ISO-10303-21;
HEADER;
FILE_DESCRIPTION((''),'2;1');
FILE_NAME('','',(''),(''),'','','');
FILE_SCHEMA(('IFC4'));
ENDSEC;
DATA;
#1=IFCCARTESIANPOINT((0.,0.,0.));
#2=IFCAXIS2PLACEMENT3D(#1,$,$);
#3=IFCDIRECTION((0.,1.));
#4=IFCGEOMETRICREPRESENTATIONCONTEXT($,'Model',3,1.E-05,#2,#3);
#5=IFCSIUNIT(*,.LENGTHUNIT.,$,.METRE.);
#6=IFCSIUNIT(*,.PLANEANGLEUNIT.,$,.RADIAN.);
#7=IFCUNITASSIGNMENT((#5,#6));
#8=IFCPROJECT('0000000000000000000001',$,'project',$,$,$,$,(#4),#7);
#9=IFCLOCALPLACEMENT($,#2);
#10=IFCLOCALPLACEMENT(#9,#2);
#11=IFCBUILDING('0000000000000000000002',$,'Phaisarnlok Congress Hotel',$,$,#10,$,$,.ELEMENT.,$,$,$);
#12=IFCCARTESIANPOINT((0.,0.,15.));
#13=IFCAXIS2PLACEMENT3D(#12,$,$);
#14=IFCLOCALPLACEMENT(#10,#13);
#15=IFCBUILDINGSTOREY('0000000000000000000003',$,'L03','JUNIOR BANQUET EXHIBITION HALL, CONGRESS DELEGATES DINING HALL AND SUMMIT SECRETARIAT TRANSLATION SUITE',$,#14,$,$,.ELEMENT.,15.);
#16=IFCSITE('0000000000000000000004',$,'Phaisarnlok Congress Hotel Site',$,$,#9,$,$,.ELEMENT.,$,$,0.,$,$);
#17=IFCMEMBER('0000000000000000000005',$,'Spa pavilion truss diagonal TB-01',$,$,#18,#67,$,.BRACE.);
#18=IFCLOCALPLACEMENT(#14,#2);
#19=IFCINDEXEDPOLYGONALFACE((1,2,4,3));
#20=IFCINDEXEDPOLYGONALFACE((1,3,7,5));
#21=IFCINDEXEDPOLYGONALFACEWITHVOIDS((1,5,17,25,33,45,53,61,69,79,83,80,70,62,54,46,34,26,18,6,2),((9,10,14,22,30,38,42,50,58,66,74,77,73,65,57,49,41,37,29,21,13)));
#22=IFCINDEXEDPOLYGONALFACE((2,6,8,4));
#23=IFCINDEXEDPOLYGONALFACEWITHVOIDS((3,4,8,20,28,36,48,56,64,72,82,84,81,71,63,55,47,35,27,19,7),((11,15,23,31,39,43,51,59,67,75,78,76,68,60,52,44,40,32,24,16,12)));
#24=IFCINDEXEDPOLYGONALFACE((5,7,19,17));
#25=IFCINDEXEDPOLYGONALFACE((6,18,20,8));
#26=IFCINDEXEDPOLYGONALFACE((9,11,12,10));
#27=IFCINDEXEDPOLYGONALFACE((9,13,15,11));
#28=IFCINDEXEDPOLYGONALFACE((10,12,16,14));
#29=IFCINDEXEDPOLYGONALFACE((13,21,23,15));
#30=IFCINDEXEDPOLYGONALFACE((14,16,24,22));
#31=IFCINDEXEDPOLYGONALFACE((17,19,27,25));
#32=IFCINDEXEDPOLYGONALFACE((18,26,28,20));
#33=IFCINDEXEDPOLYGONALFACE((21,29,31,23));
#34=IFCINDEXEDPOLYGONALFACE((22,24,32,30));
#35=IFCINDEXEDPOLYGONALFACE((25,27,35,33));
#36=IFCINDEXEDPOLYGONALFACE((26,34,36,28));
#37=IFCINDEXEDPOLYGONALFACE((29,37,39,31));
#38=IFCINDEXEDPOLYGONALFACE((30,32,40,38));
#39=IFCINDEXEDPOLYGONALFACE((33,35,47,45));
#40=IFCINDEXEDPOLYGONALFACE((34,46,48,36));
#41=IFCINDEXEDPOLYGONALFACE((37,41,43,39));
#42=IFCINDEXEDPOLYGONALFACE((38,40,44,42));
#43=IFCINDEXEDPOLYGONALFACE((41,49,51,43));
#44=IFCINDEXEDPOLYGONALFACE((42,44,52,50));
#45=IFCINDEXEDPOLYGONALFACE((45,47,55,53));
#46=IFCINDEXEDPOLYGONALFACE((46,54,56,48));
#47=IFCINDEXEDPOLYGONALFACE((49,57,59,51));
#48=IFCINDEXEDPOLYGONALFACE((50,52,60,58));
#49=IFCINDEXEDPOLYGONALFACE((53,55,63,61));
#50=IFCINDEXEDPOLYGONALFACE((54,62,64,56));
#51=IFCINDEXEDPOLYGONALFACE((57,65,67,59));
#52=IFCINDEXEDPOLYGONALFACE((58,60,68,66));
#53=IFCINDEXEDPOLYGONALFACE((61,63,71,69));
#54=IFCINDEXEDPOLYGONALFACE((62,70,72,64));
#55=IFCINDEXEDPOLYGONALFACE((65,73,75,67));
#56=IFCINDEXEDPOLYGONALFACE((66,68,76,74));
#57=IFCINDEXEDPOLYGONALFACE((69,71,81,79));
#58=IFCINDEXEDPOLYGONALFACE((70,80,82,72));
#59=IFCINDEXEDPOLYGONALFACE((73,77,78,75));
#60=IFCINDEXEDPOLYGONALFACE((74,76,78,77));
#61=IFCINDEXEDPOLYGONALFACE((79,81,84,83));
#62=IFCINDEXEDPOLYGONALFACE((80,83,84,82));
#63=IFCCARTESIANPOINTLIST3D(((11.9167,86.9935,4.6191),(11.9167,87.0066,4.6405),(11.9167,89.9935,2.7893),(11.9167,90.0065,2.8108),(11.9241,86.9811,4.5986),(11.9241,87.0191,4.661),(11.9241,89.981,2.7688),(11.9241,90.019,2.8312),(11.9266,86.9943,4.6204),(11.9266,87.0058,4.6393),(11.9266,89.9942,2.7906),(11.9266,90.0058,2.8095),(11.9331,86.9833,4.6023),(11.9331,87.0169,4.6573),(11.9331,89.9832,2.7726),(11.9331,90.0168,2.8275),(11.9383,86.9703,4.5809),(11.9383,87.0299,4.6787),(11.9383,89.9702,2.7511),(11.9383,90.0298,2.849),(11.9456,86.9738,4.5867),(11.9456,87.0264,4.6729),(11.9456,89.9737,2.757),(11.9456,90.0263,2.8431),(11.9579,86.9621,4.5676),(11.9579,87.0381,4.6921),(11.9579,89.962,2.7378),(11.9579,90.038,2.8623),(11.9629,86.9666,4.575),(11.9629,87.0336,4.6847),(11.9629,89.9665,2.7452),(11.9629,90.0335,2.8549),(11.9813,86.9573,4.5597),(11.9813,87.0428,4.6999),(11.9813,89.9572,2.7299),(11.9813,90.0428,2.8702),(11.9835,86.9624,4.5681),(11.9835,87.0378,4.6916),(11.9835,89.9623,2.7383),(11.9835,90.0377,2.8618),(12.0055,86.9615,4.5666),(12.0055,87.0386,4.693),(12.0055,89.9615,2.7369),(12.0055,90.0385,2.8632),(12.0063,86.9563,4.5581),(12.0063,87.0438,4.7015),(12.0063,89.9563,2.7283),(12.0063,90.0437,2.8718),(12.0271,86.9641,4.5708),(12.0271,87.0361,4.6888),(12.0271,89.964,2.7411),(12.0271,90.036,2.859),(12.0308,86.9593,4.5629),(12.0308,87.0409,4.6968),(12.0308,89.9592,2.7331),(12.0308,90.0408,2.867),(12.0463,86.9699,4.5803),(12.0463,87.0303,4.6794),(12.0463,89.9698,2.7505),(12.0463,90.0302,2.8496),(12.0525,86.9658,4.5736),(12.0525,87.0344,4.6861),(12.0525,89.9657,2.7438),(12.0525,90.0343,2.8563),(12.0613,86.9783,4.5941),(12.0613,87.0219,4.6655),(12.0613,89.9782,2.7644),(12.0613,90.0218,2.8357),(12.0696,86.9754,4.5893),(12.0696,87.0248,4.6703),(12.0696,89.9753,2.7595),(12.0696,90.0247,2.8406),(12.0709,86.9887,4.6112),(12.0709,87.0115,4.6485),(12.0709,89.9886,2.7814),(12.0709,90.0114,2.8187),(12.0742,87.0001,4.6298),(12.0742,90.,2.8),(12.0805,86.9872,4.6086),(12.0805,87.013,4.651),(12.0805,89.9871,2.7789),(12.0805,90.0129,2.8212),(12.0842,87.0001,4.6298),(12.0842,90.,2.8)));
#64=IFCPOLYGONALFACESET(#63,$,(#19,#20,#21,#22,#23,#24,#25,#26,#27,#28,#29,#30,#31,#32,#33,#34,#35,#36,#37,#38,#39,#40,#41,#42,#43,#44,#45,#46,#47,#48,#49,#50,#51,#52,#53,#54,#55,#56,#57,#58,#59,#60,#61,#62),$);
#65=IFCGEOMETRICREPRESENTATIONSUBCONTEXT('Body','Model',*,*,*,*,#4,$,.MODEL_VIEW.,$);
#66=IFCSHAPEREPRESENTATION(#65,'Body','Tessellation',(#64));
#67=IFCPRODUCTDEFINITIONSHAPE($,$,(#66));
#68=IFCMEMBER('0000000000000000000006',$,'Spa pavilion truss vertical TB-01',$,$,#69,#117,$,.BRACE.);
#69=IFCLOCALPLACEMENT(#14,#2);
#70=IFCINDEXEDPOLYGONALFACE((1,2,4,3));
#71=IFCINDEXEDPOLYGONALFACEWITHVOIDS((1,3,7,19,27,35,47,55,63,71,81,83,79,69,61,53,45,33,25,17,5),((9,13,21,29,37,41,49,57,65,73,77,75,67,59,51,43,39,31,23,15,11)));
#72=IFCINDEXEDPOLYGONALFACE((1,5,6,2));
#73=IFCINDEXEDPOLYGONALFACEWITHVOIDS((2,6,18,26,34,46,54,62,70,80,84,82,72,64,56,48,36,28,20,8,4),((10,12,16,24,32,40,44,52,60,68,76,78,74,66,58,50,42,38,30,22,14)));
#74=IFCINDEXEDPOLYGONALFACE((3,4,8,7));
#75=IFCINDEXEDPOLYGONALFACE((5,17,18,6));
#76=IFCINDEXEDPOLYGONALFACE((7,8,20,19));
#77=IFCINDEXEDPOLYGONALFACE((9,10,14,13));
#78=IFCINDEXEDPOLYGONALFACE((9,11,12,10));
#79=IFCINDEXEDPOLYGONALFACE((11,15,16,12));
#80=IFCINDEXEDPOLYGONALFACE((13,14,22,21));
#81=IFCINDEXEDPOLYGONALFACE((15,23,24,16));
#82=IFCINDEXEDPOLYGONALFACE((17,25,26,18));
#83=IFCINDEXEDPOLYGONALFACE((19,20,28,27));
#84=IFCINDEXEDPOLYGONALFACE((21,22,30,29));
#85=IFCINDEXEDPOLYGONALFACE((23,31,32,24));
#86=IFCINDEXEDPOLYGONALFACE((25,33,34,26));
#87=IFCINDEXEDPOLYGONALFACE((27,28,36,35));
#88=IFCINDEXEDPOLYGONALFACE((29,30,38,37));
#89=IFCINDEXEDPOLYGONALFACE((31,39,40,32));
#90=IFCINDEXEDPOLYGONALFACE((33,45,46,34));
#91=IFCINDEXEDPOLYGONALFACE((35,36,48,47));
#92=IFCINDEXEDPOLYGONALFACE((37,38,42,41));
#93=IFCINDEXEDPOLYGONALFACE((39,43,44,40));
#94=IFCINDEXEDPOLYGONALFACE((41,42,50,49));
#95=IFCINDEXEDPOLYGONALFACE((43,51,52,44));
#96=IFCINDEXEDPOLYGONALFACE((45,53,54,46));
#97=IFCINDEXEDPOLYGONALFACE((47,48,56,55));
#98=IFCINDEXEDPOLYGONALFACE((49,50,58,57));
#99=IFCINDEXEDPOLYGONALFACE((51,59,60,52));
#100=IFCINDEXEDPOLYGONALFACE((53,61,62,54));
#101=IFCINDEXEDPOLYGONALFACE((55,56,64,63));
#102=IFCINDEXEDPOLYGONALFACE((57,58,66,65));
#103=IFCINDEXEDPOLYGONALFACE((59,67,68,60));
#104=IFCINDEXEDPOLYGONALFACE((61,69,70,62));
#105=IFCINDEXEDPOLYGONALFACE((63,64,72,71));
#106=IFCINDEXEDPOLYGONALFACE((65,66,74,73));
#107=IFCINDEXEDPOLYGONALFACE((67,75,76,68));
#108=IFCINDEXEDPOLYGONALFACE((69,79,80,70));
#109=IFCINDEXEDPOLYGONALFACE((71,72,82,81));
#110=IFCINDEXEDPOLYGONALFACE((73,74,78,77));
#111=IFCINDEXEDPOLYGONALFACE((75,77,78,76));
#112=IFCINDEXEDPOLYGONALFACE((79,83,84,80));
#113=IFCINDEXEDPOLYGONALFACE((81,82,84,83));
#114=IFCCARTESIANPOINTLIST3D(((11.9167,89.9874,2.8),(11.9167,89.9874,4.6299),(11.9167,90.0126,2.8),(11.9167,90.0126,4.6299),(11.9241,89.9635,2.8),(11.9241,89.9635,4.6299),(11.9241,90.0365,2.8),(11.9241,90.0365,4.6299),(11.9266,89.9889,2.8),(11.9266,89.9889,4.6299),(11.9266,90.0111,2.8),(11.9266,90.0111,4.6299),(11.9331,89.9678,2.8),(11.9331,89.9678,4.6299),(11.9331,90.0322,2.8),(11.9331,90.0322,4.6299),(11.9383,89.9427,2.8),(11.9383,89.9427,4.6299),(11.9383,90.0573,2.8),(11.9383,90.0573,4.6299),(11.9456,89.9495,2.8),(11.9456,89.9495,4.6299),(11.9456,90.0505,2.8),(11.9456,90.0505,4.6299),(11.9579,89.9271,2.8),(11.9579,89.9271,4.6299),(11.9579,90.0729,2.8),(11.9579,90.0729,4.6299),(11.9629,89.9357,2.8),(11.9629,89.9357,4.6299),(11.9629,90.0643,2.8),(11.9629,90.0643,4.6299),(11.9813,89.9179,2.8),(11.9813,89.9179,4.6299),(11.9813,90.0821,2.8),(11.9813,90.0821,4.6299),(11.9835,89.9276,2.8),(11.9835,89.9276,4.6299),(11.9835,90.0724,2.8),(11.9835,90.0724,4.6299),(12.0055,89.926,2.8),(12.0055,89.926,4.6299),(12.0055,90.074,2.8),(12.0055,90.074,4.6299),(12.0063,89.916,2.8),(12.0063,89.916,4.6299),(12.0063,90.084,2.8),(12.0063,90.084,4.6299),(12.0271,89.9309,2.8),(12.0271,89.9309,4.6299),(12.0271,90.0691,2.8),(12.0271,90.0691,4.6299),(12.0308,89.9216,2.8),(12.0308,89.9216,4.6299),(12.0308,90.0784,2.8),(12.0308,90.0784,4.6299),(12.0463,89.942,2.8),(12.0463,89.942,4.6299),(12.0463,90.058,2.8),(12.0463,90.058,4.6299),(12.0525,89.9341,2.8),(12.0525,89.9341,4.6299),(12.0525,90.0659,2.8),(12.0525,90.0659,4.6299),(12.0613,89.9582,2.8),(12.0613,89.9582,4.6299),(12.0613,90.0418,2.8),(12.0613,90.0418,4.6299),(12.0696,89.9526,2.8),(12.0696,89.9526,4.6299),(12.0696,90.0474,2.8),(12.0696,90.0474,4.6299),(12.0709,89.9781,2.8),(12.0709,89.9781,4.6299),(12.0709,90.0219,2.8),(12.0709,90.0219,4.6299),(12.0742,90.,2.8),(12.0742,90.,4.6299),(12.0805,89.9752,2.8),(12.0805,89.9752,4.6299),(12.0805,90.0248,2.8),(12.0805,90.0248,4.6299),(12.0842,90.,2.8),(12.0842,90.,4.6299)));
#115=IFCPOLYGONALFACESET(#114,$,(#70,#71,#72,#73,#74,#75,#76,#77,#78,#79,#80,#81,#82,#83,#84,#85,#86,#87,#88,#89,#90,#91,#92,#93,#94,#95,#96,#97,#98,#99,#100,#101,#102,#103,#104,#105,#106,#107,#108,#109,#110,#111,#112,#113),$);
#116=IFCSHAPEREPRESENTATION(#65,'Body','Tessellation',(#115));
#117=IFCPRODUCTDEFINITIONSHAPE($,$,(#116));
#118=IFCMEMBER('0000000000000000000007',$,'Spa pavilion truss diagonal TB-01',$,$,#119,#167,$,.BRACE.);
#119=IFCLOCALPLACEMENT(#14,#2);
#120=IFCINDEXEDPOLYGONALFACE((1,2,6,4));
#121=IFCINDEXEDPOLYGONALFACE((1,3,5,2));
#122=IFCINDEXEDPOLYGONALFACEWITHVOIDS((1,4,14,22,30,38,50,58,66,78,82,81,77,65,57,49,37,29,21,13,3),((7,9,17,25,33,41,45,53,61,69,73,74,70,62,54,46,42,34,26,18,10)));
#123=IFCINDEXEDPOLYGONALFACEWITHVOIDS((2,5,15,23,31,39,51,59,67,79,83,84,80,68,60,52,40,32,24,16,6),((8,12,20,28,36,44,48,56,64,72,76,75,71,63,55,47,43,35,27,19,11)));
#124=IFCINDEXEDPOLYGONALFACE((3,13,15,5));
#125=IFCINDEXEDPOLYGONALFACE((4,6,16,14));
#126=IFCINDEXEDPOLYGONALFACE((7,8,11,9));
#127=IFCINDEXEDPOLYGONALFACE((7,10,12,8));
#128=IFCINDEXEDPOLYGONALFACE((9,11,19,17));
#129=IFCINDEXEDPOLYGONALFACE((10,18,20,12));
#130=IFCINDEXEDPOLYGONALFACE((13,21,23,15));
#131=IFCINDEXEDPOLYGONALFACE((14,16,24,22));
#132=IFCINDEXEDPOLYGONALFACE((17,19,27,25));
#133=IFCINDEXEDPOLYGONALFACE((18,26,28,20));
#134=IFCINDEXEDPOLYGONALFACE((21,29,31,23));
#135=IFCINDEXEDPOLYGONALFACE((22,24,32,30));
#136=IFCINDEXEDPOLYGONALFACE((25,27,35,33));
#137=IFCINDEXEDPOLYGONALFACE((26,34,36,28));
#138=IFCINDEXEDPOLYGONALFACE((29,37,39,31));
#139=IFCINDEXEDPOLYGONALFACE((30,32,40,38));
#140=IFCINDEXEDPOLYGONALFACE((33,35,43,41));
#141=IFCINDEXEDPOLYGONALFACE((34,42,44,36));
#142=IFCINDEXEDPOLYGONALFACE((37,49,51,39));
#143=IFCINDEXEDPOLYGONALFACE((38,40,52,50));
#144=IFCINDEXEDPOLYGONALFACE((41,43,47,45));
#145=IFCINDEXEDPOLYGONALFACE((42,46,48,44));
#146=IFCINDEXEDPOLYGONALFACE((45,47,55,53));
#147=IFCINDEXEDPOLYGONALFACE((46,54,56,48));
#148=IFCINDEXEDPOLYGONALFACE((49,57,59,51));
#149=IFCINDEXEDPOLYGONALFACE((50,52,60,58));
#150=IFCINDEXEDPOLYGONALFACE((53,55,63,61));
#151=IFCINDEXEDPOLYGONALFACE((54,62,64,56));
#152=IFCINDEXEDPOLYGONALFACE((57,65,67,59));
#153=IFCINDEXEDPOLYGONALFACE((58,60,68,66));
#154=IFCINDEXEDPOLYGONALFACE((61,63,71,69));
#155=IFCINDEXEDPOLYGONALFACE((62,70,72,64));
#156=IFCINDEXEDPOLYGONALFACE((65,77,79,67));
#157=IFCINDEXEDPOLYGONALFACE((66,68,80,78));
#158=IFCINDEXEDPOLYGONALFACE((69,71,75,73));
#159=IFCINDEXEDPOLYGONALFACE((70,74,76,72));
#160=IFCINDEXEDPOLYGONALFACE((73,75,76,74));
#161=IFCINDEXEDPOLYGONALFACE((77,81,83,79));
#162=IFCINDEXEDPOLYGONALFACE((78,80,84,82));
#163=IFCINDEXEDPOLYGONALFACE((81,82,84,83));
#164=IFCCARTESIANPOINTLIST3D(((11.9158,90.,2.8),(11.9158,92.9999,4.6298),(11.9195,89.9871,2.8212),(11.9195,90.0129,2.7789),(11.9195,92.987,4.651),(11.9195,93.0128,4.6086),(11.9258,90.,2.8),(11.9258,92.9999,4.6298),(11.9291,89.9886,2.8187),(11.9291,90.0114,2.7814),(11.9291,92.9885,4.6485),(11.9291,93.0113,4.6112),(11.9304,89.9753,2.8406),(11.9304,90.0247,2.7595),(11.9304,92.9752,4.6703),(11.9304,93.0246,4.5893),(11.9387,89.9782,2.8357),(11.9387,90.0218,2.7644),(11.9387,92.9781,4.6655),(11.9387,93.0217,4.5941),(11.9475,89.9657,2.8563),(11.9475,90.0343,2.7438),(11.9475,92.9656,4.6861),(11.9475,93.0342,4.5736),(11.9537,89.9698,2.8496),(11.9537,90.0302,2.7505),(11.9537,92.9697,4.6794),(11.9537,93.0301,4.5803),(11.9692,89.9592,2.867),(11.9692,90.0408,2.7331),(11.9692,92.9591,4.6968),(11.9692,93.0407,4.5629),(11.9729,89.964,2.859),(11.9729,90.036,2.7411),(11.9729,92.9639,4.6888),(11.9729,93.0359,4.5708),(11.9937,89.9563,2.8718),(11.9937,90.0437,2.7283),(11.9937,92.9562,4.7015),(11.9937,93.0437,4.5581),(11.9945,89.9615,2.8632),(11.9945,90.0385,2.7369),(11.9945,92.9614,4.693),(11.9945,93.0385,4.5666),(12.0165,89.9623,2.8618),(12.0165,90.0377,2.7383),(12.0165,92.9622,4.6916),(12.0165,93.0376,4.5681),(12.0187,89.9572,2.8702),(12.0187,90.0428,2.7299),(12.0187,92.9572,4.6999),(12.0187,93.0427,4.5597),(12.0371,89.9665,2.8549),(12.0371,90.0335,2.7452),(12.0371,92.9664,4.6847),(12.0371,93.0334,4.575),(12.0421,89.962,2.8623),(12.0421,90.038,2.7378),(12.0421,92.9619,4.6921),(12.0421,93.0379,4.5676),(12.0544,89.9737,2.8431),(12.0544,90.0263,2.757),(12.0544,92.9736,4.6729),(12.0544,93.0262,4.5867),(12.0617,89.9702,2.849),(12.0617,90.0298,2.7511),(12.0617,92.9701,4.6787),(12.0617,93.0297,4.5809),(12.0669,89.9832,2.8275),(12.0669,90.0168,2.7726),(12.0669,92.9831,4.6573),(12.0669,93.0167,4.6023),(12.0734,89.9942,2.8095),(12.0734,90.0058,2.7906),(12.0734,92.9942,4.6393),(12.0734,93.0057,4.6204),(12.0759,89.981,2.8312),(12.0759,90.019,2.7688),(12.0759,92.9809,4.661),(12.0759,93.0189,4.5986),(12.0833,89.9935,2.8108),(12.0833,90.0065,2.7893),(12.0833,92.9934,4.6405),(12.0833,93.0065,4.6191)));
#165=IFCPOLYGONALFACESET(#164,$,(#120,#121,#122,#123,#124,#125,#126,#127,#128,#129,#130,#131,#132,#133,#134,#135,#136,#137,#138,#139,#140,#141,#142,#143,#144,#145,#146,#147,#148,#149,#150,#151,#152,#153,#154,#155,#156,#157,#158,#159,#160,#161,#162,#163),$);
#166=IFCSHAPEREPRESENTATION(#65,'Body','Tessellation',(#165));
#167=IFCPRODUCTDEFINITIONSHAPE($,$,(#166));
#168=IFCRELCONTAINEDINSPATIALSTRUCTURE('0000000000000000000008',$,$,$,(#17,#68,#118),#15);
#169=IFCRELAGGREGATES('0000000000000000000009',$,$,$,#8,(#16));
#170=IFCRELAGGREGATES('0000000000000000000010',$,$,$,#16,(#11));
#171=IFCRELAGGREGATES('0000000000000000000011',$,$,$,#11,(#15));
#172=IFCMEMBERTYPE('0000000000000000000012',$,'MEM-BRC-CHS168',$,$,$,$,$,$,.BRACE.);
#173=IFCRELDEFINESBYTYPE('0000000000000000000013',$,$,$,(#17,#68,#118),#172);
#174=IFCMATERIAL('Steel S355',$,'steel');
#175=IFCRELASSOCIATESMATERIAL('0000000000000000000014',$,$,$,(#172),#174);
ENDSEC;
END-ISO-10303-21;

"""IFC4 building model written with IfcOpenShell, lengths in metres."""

from ifc_helpers import new_model, si_unit, direction, frame, origin, origin_2d, place, context, subcontext, project, spatial, hollow_circle, extrude, material, material_profile, profile_set, type_object, element, save


model = new_model("IFC4")

# Units and contexts
model_context = context("Model", 3, precision=1e-05, world=origin(), true_north=direction((0.0, 1.0)))
body_context = subcontext(model_context, "Body", "Model", "MODEL_VIEW")
ifc_project = project(units=[si_unit("LENGTHUNIT", "METRE"), si_unit("PLANEANGLEUNIT", "RADIAN")], contexts=[model_context])

# Site, building, storey
site_placement = place(None, origin())
site = spatial("IfcSite", under=ifc_project, at=site_placement, Name="Phaisarnlok Congress Hotel Site", CompositionType="ELEMENT", RefElevation=0.0)
building_placement = place(site_placement, origin())
building = spatial("IfcBuilding", under=site, at=building_placement, Name="Phaisarnlok Congress Hotel", CompositionType="ELEMENT")
storey_placement = place(building_placement, frame((0.0, 0.0, 15.0)))
storey = spatial("IfcBuildingStorey", under=building, at=storey_placement, Name="L03", Description="JUNIOR BANQUET EXHIBITION HALL, CONGRESS DELEGATES DINING HALL AND SUMMIT SECRETARIAT TRANSLATION SUITE", CompositionType="ELEMENT", Elevation=15.0)

# Members
ifc_material_1 = material(Name="Steel S355", Category="steel")
ifc_material_profile_1 = material_profile(ifc_material_1, hollow_circle(Radius=0.0842, WallThickness=0.01, at=origin_2d()), Name="CHS 168.3x10")
ifc_profile_set_1 = profile_set([ifc_material_profile_1], Name="Steel S355")
member_type_1 = type_object("IfcMemberType", Name="MEM-BRC-CHS168", PredefinedType="BRACE", material=ifc_profile_set_1)
for number, where, z_axis, x_axis, name in (
    (1, (12.0, 90.0, 2.8), (0.0, -0.853725, 0.520725), (1.0, 0.0, 0.0), "Spa pavilion truss diagonal TB-01"),
):
    element("IfcMember", number, at=place(storey_placement, frame(where, z_axis=z_axis, x_axis=x_axis)), inside=storey, type_object=member_type_1, Name=name, PredefinedType="BRACE", context=body_context, shape_type="SweptSolid", body=[
        extrude(hollow_circle(Radius=0.0842, WallThickness=0.01, at=origin_2d()), origin(), (0.0, 0.0, 1.0), 3.5139),
    ])
member_1_placement = place(storey_placement, frame((12.0, 90.0, 2.8), z_axis=(0.0, 0.0, 1.0), x_axis=(1.0, 0.0, 0.0)))
element("IfcMember", 2, at=member_1_placement, inside=storey, type_object=member_type_1, Name="Spa pavilion truss vertical TB-01", PredefinedType="BRACE", context=body_context, shape_type="SweptSolid", body=[
    extrude(hollow_circle(Radius=0.0842, WallThickness=0.01, at=origin_2d()), origin(), (0.0, 0.0, 1.0), 1.8298),
])
member_2_placement = place(storey_placement, frame((12.0, 90.0, 2.8), z_axis=(0.0, 0.853725, 0.520725), x_axis=(-1.0, 0.0, 0.0)))
element("IfcMember", 3, at=member_2_placement, inside=storey, type_object=member_type_1, Name="Spa pavilion truss diagonal TB-01", PredefinedType="BRACE", context=body_context, shape_type="SweptSolid", body=[
    extrude(hollow_circle(Radius=0.0842, WallThickness=0.01, at=origin_2d()), origin(), (0.0, 0.0, 1.0), 3.5139),
])

save(model, "model.ifc")
